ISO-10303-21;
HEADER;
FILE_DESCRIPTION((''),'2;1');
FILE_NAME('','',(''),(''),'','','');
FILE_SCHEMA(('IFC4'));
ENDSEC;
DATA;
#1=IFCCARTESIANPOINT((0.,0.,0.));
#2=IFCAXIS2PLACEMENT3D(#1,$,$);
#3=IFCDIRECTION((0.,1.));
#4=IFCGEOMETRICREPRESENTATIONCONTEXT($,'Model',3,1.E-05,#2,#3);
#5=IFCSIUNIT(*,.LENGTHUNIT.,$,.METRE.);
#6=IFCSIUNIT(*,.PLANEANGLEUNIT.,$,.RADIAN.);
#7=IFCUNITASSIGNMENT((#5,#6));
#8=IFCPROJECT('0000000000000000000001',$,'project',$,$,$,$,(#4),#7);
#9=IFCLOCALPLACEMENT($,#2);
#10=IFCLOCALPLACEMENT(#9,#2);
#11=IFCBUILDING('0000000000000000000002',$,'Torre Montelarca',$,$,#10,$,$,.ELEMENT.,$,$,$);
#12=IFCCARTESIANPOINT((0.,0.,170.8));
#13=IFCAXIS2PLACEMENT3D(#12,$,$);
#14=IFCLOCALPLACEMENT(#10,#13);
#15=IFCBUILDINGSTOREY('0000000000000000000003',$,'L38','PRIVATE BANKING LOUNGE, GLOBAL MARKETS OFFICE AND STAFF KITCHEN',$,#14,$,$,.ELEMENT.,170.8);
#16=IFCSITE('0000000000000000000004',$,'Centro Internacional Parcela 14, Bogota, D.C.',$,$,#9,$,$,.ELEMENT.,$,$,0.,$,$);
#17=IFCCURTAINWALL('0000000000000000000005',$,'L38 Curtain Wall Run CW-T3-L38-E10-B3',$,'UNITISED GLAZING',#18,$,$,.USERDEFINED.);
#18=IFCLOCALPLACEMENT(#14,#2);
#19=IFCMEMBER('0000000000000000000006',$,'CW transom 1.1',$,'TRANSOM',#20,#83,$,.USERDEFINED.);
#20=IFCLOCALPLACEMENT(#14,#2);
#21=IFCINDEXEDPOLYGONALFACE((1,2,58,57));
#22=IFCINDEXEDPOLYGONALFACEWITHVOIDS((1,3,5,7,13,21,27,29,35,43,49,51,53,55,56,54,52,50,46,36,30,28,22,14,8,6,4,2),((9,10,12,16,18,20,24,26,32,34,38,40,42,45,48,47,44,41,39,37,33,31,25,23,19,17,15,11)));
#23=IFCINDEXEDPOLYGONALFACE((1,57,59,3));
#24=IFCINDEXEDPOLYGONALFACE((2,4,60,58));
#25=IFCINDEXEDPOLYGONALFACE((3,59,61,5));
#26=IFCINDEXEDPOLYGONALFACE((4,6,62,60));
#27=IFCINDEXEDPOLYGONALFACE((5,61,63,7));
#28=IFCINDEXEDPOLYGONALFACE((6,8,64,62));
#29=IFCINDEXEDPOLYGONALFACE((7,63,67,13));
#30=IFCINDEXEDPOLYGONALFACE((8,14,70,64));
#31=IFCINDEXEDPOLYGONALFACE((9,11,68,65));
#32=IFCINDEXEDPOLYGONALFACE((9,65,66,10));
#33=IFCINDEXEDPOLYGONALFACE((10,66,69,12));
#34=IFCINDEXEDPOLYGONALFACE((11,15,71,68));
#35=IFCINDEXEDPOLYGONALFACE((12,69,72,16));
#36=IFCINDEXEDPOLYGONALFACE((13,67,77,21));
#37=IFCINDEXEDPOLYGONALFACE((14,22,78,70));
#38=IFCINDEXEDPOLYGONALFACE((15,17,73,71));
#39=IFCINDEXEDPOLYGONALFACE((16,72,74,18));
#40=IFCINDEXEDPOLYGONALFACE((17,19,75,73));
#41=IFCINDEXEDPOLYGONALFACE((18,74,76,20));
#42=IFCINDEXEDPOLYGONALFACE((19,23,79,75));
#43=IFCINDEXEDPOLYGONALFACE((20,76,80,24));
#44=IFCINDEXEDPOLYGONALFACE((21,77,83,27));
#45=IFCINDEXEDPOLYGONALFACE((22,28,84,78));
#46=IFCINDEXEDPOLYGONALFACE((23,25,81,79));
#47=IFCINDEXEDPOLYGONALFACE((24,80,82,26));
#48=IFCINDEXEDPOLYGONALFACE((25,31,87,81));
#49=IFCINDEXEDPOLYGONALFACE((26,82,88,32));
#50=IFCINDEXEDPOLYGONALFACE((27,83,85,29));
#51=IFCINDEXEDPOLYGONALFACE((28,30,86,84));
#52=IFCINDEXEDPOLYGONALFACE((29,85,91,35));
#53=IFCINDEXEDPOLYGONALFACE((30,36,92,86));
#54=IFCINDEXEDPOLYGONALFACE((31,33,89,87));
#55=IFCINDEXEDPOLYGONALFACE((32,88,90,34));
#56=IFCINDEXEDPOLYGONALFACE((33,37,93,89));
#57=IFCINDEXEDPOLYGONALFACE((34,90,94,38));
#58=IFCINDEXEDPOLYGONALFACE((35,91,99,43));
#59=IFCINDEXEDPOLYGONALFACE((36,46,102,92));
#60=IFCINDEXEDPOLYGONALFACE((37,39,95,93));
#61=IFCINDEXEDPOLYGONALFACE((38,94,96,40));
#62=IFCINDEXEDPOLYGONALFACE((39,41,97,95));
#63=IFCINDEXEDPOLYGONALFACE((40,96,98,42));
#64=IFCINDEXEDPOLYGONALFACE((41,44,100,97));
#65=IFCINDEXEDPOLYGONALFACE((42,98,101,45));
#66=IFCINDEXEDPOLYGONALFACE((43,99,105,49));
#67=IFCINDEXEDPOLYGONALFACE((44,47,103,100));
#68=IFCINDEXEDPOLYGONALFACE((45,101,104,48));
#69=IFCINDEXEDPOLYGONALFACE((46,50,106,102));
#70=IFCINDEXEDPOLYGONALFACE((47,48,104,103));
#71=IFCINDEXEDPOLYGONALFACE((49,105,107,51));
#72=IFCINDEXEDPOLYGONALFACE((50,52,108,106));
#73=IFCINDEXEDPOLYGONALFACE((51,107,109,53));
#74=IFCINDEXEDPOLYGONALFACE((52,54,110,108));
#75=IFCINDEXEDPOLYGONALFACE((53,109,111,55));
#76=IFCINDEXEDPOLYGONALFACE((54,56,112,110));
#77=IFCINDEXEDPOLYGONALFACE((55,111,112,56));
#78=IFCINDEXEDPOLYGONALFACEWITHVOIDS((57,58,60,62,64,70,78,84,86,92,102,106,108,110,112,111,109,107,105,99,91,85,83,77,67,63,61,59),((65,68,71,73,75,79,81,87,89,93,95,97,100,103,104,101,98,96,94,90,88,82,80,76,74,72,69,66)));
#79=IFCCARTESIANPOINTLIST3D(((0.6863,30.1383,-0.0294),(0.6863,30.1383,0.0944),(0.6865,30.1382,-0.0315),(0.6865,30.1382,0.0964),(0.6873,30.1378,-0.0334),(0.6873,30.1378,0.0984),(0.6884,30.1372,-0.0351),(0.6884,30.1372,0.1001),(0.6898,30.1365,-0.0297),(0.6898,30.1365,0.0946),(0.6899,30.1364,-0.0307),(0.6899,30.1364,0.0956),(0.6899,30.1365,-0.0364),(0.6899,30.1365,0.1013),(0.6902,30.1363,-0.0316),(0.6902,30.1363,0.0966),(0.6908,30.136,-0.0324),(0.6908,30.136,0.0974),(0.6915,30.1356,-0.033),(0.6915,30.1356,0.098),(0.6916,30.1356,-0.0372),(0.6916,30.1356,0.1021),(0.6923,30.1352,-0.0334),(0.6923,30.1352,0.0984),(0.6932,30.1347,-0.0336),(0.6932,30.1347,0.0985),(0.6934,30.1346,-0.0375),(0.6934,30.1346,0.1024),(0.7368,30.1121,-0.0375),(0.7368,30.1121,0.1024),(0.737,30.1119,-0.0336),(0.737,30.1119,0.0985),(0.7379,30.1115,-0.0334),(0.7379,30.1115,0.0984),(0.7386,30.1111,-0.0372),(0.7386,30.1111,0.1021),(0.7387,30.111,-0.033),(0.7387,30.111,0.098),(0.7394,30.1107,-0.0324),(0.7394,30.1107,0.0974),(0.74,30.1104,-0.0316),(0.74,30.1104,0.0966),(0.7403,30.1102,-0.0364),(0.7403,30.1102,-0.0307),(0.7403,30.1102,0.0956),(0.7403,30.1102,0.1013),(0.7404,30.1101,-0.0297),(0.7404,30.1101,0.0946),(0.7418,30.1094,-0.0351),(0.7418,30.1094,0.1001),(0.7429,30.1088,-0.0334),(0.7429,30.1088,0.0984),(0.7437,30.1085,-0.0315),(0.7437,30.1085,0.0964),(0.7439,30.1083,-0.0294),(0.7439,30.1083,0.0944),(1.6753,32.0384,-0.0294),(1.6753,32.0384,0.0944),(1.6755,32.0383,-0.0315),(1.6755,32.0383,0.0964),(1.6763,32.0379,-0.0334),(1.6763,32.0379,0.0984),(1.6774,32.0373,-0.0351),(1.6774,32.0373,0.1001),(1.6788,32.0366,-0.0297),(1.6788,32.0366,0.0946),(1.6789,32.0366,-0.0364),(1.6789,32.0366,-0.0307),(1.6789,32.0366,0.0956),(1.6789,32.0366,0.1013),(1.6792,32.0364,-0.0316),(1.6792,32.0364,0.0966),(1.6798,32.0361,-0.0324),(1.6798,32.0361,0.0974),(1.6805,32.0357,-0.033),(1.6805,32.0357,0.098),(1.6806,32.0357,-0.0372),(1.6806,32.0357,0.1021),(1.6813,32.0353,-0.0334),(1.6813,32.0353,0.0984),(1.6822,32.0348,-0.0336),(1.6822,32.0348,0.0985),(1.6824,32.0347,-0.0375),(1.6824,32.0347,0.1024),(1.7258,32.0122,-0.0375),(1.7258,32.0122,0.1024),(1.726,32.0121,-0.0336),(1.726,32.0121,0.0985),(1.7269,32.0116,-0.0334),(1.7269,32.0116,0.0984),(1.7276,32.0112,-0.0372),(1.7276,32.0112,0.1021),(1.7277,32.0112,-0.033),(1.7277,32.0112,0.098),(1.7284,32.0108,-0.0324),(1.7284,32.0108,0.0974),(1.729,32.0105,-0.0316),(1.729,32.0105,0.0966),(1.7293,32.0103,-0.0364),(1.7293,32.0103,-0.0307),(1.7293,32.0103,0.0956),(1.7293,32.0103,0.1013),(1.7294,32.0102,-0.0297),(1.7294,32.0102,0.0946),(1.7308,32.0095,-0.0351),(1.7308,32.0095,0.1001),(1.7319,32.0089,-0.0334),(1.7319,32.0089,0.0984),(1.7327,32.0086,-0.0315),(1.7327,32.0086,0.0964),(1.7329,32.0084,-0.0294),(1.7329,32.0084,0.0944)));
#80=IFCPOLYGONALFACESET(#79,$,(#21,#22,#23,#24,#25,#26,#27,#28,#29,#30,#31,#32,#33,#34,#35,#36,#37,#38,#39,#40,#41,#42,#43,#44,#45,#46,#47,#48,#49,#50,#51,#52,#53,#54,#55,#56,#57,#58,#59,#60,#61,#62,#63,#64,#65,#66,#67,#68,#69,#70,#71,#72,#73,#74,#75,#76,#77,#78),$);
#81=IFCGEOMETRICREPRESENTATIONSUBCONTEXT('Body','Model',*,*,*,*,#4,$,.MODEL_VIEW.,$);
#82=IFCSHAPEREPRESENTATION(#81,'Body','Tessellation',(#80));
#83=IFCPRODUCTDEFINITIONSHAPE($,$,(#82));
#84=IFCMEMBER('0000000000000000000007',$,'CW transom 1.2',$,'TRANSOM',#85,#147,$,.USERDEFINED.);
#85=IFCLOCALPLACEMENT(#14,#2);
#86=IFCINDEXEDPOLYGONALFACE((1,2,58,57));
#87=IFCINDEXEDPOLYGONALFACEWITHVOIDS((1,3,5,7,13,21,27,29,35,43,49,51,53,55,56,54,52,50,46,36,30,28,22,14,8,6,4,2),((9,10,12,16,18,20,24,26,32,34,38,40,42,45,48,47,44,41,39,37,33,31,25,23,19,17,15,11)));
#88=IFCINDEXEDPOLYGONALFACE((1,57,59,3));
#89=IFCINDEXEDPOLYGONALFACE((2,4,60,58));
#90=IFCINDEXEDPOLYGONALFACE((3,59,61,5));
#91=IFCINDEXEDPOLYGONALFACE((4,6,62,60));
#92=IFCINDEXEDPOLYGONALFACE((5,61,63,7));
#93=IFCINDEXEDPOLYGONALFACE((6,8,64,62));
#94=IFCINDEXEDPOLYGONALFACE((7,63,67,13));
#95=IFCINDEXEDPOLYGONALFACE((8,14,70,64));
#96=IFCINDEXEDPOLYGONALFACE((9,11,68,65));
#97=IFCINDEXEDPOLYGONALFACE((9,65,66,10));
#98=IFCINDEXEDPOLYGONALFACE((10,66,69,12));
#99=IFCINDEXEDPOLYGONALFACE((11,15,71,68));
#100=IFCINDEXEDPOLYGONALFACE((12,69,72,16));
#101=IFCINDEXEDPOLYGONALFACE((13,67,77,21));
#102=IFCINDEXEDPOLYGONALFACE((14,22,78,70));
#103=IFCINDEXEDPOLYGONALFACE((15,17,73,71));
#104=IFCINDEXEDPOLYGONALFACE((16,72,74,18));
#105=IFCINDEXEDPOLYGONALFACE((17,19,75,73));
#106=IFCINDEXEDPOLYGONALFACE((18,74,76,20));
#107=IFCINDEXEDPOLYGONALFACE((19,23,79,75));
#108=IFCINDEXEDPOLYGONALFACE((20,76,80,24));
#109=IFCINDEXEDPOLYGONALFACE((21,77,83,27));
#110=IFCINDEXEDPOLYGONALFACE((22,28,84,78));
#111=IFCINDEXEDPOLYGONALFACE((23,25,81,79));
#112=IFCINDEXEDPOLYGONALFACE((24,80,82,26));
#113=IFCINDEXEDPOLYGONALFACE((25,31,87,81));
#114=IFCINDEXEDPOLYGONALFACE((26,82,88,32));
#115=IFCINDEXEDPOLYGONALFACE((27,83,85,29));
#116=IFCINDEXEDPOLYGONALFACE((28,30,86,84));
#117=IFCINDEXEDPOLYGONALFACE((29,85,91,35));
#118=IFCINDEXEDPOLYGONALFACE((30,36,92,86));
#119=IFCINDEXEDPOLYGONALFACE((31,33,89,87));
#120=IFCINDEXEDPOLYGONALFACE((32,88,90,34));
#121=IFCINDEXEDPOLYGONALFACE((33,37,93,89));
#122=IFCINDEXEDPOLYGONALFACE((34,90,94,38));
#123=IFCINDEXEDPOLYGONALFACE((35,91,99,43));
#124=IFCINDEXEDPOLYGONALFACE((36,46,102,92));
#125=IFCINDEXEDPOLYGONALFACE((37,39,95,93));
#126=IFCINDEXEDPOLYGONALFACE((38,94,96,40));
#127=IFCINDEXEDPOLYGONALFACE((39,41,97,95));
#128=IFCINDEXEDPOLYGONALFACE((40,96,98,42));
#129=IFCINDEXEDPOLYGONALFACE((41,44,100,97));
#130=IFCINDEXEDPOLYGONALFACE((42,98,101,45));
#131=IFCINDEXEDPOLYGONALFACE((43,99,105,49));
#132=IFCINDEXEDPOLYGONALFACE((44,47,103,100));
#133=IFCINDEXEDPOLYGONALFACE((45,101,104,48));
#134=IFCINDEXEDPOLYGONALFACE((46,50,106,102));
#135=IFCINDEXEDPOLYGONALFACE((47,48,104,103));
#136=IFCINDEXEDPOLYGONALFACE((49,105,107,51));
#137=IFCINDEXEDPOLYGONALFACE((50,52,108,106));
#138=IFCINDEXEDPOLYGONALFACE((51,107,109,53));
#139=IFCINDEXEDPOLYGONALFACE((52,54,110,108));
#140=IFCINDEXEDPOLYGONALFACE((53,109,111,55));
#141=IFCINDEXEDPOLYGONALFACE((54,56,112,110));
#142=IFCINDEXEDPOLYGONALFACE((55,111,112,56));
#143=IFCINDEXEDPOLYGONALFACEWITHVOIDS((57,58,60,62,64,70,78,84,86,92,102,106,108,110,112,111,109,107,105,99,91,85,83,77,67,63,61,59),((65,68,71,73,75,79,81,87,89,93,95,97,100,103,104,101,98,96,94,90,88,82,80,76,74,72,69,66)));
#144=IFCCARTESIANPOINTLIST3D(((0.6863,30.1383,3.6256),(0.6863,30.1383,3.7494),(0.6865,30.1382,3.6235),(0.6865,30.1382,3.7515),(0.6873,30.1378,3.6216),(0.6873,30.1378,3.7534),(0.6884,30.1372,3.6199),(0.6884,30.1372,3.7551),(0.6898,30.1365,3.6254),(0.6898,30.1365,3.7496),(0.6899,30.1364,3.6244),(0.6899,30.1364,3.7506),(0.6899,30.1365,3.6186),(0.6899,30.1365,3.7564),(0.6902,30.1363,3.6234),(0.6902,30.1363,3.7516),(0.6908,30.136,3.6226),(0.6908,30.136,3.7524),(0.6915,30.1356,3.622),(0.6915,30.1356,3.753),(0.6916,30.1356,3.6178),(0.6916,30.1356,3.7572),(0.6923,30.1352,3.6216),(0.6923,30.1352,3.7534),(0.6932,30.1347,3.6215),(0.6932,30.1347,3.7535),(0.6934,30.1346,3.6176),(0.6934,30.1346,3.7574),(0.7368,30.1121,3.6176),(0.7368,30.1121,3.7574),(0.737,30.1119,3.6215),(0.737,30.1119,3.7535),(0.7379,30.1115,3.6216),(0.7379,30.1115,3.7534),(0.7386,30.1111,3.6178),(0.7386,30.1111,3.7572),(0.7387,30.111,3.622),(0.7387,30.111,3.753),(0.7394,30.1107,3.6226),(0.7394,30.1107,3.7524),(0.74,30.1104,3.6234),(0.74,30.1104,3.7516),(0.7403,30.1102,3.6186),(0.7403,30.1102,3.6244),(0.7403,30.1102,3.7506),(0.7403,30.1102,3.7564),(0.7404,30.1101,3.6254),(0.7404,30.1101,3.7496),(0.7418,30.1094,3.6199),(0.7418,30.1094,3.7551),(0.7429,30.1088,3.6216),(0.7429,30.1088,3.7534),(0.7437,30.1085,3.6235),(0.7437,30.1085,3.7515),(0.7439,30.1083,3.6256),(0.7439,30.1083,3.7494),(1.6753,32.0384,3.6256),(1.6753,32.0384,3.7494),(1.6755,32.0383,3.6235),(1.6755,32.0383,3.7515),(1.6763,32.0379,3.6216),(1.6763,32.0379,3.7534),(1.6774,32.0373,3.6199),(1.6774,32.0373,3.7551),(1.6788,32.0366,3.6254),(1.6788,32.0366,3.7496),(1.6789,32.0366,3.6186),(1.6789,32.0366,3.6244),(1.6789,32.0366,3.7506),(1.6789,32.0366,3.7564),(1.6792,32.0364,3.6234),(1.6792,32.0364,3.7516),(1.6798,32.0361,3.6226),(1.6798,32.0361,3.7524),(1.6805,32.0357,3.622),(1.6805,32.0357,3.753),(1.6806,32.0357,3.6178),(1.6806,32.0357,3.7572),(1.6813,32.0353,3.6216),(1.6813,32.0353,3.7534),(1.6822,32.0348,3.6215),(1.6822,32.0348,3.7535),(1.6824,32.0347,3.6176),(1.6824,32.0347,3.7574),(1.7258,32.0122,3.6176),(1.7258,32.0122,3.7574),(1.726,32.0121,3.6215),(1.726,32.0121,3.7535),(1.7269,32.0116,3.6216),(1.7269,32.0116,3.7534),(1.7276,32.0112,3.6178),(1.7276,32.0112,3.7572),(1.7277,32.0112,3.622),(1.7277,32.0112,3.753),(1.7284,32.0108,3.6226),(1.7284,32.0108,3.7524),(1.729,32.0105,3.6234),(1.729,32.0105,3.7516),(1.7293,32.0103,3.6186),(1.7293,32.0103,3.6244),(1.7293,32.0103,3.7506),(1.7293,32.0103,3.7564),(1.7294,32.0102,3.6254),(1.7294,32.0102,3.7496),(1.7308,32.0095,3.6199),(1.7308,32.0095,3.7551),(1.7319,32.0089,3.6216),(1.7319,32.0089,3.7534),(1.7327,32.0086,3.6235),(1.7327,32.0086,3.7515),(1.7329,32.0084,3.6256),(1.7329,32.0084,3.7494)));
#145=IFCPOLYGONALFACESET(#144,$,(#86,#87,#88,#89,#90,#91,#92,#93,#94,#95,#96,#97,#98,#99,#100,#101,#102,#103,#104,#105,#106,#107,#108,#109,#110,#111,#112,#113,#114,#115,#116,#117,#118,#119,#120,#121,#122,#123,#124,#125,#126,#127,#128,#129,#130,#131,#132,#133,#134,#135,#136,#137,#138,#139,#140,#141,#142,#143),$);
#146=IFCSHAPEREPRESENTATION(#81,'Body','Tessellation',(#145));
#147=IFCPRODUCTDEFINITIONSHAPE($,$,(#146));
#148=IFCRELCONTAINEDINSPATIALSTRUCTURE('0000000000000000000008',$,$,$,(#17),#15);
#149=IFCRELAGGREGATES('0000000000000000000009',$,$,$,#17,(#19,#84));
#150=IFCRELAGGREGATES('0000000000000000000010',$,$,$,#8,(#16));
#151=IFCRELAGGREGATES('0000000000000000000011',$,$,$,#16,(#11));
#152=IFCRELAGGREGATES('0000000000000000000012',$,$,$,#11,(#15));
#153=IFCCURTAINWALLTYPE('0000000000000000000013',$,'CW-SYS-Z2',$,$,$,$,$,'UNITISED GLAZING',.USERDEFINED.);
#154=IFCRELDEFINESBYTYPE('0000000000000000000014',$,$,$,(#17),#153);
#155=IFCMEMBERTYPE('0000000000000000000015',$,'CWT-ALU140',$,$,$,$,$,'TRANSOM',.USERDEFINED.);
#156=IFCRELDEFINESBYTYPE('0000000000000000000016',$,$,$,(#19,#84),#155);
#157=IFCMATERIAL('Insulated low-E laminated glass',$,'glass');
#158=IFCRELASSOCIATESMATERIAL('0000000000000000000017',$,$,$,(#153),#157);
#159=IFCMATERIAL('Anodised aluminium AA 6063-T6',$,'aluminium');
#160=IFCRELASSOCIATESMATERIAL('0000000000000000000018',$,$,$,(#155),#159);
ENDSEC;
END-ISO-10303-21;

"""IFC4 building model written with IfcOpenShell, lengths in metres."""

from ifc_helpers import new_model, si_unit, direction, frame, origin, origin_2d, place, context, subcontext, project, spatial, hollow_rectangle, extrude, source, transform, mapped, material, material_profile, profile_set, type_object, element, aggregate, save


model = new_model("IFC4")

# Units and contexts
model_context = context("Model", 3, precision=1e-05, world=origin(), true_north=direction((0.0, 1.0)))
body_context = subcontext(model_context, "Body", "Model", "MODEL_VIEW")
ifc_project = project(units=[si_unit("LENGTHUNIT", "METRE"), si_unit("PLANEANGLEUNIT", "RADIAN")], contexts=[model_context])

# Site, building, storey
site_placement = place(None, origin())
site = spatial("IfcSite", under=ifc_project, at=site_placement, Name="Centro Internacional Parcela 14, Bogota, D.C.", CompositionType="ELEMENT", RefElevation=0.0)
building_placement = place(site_placement, origin())
building = spatial("IfcBuilding", under=site, at=building_placement, Name="Torre Montelarca", CompositionType="ELEMENT")
storey_placement = place(building_placement, frame((0.0, 0.0, 170.8)))
storey = spatial("IfcBuildingStorey", under=building, at=storey_placement, Name="L38", Description="PRIVATE BANKING LOUNGE, GLOBAL MARKETS OFFICE AND STAFF KITCHEN", CompositionType="ELEMENT", Elevation=170.8)

# Curtain wall, members
ifc_material_1 = material(Name="Insulated low-E laminated glass", Category="glass")
curtain_wall_type = type_object("IfcCurtainWallType", Name="CW-SYS-Z2", ElementType="UNITISED GLAZING", PredefinedType="USERDEFINED", material=ifc_material_1)
ifc_material_2 = material(Name="Anodised aluminium AA 6063-T6", Category="aluminium")
curtain_wall_1_placement = place(storey_placement, origin())
curtain_wall_1 = element("IfcCurtainWall", 1, at=curtain_wall_1_placement, inside=storey, type_object=curtain_wall_type, Name="L38 Curtain Wall Run CW-T3-L38-E10-B3", ObjectType="UNITISED GLAZING", PredefinedType="USERDEFINED")
ifc_material_profile_1 = material_profile(ifc_material_2, hollow_rectangle(XDim=0.0649, YDim=0.1399, WallThickness=0.0039, InnerFilletRadius=0.0039, OuterFilletRadius=0.0081, at=origin_2d()), Name="ALU65X140X4", Category="aluminium")
ifc_profile_set_1 = profile_set([ifc_material_profile_1], Name="Anodised aluminium AA 6063-T6")
member_type_1 = type_object("IfcMemberType", Name="CWT-ALU140", ElementType="TRANSOM", PredefinedType="USERDEFINED", material=ifc_profile_set_1)
shared_shape_1 = source(origin(), body_context, "Body", "SweptSolid", [
    extrude(hollow_rectangle(XDim=0.0649, YDim=0.1399, WallThickness=0.0039, InnerFilletRadius=0.0039, OuterFilletRadius=0.0081, at=origin_2d()), origin(), (0.0, 0.0, 1.0), 2.1421),
])
member_1_placement = place(storey_placement, frame((1.7041, 32.0234, 0.0325), z_axis=(-0.461697, -0.887038, 0.0), x_axis=(0.887038, -0.461697, 0.0)))
member_1 = element("IfcMember", 2, at=member_1_placement, type_object=member_type_1, Name="CW transom 1.1", ObjectType="TRANSOM", PredefinedType="USERDEFINED", context=body_context, shape_type="MappedRepresentation", body=[
    mapped(shared_shape_1, transform((0.0, 0.0, 0.0), scale=1.0)),
])
member_2_placement = place(storey_placement, frame((1.7041, 32.0234, 3.6875), z_axis=(-0.461697, -0.887038, 0.0), x_axis=(0.887038, -0.461697, 0.0)))
member_2 = element("IfcMember", 3, at=member_2_placement, type_object=member_type_1, Name="CW transom 1.2", ObjectType="TRANSOM", PredefinedType="USERDEFINED", context=body_context, shape_type="MappedRepresentation", body=[
    mapped(shared_shape_1, transform((0.0, 0.0, 0.0), scale=1.0)),
])

aggregate(curtain_wall_1, [member_1, member_2])

save(model, "model.ifc")
